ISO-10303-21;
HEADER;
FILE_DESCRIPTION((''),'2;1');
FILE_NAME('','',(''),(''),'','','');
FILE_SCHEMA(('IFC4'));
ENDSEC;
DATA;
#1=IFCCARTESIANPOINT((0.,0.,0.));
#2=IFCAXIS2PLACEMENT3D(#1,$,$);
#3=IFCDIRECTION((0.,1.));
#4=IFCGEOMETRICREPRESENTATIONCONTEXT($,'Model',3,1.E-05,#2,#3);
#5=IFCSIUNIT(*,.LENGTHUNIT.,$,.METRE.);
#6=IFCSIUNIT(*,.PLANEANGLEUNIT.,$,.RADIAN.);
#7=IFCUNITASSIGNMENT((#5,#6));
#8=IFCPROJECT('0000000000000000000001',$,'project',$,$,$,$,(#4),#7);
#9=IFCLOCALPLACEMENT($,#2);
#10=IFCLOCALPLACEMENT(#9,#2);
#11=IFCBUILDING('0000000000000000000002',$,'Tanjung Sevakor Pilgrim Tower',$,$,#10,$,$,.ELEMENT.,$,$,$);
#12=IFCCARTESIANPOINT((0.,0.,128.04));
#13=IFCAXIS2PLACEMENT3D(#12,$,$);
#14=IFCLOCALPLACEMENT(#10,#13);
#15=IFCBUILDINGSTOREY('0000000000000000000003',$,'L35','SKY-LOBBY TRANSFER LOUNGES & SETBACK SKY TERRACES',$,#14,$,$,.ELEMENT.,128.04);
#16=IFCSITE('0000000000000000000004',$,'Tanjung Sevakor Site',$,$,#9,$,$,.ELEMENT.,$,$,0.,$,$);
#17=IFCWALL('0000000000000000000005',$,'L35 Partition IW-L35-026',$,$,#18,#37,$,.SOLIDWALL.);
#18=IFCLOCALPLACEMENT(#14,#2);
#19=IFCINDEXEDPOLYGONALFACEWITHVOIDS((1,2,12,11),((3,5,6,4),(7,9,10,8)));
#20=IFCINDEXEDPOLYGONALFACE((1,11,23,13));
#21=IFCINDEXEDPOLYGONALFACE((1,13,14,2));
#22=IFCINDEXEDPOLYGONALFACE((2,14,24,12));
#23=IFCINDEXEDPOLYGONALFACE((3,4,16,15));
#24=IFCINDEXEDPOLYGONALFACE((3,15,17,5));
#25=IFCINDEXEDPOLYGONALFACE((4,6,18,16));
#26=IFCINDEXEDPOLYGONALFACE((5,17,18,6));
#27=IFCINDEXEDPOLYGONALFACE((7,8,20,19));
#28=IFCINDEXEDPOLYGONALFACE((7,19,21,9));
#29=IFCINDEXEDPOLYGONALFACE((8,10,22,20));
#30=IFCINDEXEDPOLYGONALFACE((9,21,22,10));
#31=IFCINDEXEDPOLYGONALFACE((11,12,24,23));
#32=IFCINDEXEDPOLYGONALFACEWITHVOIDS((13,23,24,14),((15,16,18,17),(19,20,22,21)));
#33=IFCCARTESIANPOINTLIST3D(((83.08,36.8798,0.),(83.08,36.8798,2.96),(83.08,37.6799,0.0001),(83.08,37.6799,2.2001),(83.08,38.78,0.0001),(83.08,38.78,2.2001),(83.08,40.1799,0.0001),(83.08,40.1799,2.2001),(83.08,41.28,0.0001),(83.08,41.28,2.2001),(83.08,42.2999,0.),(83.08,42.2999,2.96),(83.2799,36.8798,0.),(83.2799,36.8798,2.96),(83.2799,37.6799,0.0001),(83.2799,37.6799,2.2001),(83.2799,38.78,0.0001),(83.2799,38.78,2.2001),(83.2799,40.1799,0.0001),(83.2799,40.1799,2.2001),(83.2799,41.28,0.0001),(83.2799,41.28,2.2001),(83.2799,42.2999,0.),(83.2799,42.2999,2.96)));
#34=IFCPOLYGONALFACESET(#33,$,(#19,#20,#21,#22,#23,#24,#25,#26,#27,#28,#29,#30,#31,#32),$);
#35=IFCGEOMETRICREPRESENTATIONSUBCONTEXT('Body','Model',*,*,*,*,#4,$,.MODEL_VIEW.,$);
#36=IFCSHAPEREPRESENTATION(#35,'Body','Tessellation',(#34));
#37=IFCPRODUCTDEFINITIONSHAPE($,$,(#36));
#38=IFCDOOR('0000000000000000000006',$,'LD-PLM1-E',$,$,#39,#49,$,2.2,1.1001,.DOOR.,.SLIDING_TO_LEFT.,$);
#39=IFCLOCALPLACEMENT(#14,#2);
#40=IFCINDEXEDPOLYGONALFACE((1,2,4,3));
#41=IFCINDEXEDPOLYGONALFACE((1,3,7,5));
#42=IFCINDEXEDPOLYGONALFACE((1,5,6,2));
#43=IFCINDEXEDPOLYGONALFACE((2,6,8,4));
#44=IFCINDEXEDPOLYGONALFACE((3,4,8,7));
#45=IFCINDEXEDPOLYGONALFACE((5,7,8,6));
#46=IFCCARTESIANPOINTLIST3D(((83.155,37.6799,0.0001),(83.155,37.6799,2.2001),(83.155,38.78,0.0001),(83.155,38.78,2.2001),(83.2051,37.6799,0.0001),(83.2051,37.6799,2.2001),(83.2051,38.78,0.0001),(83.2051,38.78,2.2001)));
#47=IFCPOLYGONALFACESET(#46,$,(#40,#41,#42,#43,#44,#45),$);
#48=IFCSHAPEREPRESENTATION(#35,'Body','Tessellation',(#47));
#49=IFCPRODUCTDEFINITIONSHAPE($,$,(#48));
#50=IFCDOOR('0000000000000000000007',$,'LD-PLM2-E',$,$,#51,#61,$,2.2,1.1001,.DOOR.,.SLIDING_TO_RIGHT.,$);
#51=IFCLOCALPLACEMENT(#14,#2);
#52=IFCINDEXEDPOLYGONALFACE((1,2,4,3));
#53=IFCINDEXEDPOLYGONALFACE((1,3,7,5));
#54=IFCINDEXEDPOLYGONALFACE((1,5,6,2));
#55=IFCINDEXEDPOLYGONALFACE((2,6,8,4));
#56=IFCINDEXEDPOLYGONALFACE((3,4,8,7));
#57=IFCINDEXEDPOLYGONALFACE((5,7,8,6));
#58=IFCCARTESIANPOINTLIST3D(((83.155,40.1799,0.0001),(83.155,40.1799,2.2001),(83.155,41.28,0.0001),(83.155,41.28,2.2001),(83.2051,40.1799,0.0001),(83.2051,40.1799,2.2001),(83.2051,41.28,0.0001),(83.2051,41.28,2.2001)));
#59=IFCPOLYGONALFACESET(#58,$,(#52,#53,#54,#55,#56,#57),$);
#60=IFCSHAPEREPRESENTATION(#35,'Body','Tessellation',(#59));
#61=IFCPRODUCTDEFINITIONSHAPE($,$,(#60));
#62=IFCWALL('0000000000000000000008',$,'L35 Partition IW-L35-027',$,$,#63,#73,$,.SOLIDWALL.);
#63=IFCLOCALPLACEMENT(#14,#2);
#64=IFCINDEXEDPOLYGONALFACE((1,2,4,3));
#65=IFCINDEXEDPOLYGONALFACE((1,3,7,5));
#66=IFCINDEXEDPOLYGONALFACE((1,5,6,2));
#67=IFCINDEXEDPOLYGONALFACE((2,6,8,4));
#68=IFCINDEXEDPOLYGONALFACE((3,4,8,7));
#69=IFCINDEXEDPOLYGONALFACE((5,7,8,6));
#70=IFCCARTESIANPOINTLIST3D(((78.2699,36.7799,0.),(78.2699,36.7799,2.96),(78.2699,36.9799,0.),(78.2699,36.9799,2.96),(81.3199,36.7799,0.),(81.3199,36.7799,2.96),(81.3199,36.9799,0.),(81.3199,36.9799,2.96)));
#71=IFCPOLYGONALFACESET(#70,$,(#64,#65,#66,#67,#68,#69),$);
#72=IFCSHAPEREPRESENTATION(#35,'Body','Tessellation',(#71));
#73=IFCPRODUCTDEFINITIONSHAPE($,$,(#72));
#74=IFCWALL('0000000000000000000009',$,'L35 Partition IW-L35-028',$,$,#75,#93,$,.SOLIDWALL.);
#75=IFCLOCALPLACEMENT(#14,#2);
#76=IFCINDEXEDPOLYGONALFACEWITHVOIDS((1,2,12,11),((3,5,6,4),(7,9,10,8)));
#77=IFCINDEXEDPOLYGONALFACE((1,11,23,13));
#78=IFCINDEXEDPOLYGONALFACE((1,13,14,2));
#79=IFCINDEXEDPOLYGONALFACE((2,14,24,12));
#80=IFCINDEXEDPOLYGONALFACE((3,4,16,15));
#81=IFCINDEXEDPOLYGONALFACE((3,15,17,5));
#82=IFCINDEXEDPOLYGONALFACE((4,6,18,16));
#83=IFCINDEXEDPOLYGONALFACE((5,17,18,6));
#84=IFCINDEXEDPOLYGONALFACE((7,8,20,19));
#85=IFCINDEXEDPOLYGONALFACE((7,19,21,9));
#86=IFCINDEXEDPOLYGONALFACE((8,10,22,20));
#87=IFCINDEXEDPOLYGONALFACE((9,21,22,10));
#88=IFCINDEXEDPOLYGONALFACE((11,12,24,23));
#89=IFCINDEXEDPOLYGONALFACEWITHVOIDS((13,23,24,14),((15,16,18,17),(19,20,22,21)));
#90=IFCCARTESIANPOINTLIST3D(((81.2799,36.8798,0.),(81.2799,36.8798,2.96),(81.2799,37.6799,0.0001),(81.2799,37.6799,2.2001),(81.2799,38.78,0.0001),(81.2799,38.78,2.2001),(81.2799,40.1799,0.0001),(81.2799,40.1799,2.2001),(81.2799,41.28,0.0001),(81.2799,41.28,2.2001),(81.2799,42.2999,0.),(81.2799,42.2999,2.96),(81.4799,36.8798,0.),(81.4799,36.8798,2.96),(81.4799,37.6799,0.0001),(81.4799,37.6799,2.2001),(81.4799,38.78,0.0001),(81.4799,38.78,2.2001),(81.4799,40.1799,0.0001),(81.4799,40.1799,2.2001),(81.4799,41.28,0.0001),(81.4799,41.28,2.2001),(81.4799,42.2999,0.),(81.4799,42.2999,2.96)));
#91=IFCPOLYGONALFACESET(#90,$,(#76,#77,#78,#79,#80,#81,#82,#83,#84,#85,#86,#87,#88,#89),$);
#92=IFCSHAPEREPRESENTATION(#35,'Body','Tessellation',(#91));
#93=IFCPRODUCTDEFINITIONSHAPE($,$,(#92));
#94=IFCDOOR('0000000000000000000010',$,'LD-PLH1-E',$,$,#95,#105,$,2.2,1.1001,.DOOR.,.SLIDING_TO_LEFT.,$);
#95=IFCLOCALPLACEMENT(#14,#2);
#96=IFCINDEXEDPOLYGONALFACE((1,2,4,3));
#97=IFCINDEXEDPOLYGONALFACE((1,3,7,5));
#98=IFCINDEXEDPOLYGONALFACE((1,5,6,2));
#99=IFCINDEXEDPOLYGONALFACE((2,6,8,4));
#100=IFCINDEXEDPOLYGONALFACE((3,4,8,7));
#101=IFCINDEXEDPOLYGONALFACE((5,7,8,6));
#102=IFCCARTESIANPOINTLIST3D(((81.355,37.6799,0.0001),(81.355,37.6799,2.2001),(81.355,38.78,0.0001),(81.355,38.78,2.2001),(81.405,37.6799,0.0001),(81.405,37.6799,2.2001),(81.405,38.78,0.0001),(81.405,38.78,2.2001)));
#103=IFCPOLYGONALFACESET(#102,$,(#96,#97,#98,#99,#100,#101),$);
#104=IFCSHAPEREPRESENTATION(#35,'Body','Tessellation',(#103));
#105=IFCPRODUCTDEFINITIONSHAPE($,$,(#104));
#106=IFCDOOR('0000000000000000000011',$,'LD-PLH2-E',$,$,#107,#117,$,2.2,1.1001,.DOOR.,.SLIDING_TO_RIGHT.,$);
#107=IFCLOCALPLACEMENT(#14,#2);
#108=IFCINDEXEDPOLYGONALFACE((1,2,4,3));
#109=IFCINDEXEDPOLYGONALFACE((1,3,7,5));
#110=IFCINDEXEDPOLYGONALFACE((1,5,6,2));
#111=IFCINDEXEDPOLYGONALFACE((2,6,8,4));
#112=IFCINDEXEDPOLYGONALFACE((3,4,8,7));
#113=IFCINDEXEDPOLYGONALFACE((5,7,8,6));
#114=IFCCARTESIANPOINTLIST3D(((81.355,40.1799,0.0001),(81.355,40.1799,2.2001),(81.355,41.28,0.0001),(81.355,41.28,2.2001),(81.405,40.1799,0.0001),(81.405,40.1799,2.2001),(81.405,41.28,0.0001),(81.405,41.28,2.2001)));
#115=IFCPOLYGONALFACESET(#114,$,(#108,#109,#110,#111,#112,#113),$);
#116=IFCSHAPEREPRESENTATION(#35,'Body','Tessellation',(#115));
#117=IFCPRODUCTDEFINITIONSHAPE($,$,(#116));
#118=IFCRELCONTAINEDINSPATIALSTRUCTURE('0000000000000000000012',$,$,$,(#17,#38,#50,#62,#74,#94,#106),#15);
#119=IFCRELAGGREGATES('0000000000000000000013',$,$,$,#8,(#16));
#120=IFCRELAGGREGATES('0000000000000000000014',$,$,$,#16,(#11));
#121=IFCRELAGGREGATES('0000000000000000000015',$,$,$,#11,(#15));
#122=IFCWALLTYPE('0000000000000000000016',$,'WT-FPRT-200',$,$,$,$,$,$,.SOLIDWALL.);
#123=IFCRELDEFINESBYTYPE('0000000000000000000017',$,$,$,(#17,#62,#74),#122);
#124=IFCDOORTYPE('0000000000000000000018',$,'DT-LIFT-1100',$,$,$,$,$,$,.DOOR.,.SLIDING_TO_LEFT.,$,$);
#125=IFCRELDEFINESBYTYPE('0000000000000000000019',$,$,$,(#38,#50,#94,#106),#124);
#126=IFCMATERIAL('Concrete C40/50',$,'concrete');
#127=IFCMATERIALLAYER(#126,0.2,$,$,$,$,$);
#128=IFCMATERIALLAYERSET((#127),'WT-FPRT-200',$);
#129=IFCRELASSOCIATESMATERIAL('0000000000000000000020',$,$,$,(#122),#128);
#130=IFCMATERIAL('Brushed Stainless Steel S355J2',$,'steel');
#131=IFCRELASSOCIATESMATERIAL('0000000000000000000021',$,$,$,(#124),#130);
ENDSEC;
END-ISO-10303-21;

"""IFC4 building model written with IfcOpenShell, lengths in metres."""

from ifc_helpers import new_model, si_unit, direction, frame, frame_2d, origin, place, context, subcontext, project, spatial, rectangle, extrude, material, layer, layer_set, type_object, element, fill, save


model = new_model("IFC4")

# Units and contexts
model_context = context("Model", 3, precision=1e-05, world=origin(), true_north=direction((0.0, 1.0)))
body_context = subcontext(model_context, "Body", "Model", "MODEL_VIEW")
ifc_project = project(units=[si_unit("LENGTHUNIT", "METRE"), si_unit("PLANEANGLEUNIT", "RADIAN")], contexts=[model_context])

# Site, building, storey
site_placement = place(None, origin())
site = spatial("IfcSite", under=ifc_project, at=site_placement, Name="Tanjung Sevakor Site", CompositionType="ELEMENT", RefElevation=0.0)
building_placement = place(site_placement, origin())
building = spatial("IfcBuilding", under=site, at=building_placement, Name="Tanjung Sevakor Pilgrim Tower", CompositionType="ELEMENT")
storey_placement = place(building_placement, frame((0.0, 0.0, 128.04)))
storey = spatial("IfcBuildingStorey", under=building, at=storey_placement, Name="L35", Description="SKY-LOBBY TRANSFER LOUNGES & SETBACK SKY TERRACES", CompositionType="ELEMENT", Elevation=128.04)

# Shared definitions
ifc_material_1 = material(Name="Concrete C40/50", Category="concrete")
ifc_layer_1 = layer(ifc_material_1, 0.2)
ifc_layer_set_1 = layer_set([ifc_layer_1], Name="WT-FPRT-200")
wall_type_1 = type_object("IfcWallType", Name="WT-FPRT-200", PredefinedType="SOLIDWALL", material=ifc_layer_set_1)

# Wall, openings, doors
wall_1_placement = place(storey_placement, frame((83.1799, 36.8799, 0.0), z_axis=(0.0, 0.0, 1.0), x_axis=(0.0, 1.0, 0.0)))
wall_1 = element("IfcWall", 1, at=wall_1_placement, inside=storey, type_object=wall_type_1, Name="L35 Partition IW-L35-026", PredefinedType="SOLIDWALL", context=body_context, shape_type="SweptSolid", body=[
    extrude(rectangle(XDim=5.4202, YDim=0.2, at=frame_2d((2.71, 0.0))), origin(), (0.0, 0.0, 1.0), 2.96),
])
opening_1_placement = place(wall_1_placement, frame((0.8, 0.0, 0.0)))
opening_1 = element("IfcOpeningElement", 2, at=opening_1_placement, cuts=wall_1, PredefinedType="OPENING", context=body_context, shape_type="SweptSolid", body=[
    extrude(rectangle(XDim=1.1001, YDim=2.2, at=frame_2d((0.55, 1.1001))), frame((0.0, 0.1099, 0.0), z_axis=(0.0, -1.0, 0.0), x_axis=(1.0, 0.0, 0.0)), (0.0, 0.0, 1.0), 0.22),
])
opening_2_placement = place(wall_1_placement, frame((3.3, 0.0, 0.0)))
opening_2 = element("IfcOpeningElement", 3, at=opening_2_placement, cuts=wall_1, PredefinedType="OPENING", context=body_context, shape_type="SweptSolid", body=[
    extrude(rectangle(XDim=1.1001, YDim=2.2, at=frame_2d((0.55, 1.1001))), frame((0.0, 0.1099, 0.0), z_axis=(0.0, -1.0, 0.0), x_axis=(1.0, 0.0, 0.0)), (0.0, 0.0, 1.0), 0.22),
])
ifc_material_2 = material(Name="Brushed Stainless Steel S355J2", Category="steel")
door_type_1 = type_object("IfcDoorType", Name="DT-LIFT-1100", OperationType="SLIDING_TO_LEFT", PredefinedType="DOOR", material=ifc_material_2)
door_1_placement = place(opening_1_placement, origin())
door_1 = element("IfcDoor", 4, at=door_1_placement, inside=storey, type_object=door_type_1, Name="LD-PLM1-E", OperationType="SLIDING_TO_LEFT", OverallHeight=2.2, OverallWidth=1.1001, PredefinedType="DOOR", context=body_context, shape_type="SweptSolid", body=[
    extrude(rectangle(XDim=1.1001, YDim=2.2, at=frame_2d((0.55, 1.1001))), frame((0.0, 0.0249, 0.0), z_axis=(0.0, -1.0, 0.0), x_axis=(1.0, 0.0, 0.0)), (0.0, 0.0, 1.0), 0.05),
])
fill(opening_1, door_1)
door_2_placement = place(opening_2_placement, origin())
door_2 = element("IfcDoor", 5, at=door_2_placement, inside=storey, type_object=door_type_1, Name="LD-PLM2-E", OperationType="SLIDING_TO_RIGHT", OverallHeight=2.2, OverallWidth=1.1001, PredefinedType="DOOR", context=body_context, shape_type="SweptSolid", body=[
    extrude(rectangle(XDim=1.1001, YDim=2.2, at=frame_2d((0.55, 1.1001))), frame((0.0, 0.0249, 0.0), z_axis=(0.0, -1.0, 0.0), x_axis=(1.0, 0.0, 0.0)), (0.0, 0.0, 1.0), 0.05),
])
fill(opening_2, door_2)

# Wall
wall_2_placement = place(storey_placement, frame((78.27, 36.8799, 0.0), z_axis=(0.0, 0.0, 1.0), x_axis=(1.0, 0.0, 0.0)))
element("IfcWall", 6, at=wall_2_placement, inside=storey, type_object=wall_type_1, Name="L35 Partition IW-L35-027", PredefinedType="SOLIDWALL", context=body_context, shape_type="SweptSolid", body=[
    extrude(rectangle(XDim=3.05, YDim=0.2, at=frame_2d((1.5249, 0.0))), origin(), (0.0, 0.0, 1.0), 2.96),
])

# Wall, openings, doors
wall_3_placement = place(storey_placement, frame((81.3799, 36.8799, 0.0), z_axis=(0.0, 0.0, 1.0), x_axis=(0.0, 1.0, 0.0)))
wall_3 = element("IfcWall", 7, at=wall_3_placement, inside=storey, type_object=wall_type_1, Name="L35 Partition IW-L35-028", PredefinedType="SOLIDWALL", context=body_context, shape_type="SweptSolid", body=[
    extrude(rectangle(XDim=5.4202, YDim=0.2, at=frame_2d((2.71, 0.0))), origin(), (0.0, 0.0, 1.0), 2.96),
])
opening_3_placement = place(wall_3_placement, frame((0.8, 0.0, 0.0)))
opening_3 = element("IfcOpeningElement", 8, at=opening_3_placement, cuts=wall_3, PredefinedType="OPENING", context=body_context, shape_type="SweptSolid", body=[
    extrude(rectangle(XDim=1.1001, YDim=2.2, at=frame_2d((0.55, 1.1001))), frame((0.0, 0.1099, 0.0), z_axis=(0.0, -1.0, 0.0), x_axis=(1.0, 0.0, 0.0)), (0.0, 0.0, 1.0), 0.22),
])
opening_4_placement = place(wall_3_placement, frame((3.3, 0.0, 0.0)))
opening_4 = element("IfcOpeningElement", 9, at=opening_4_placement, cuts=wall_3, PredefinedType="OPENING", context=body_context, shape_type="SweptSolid", body=[
    extrude(rectangle(XDim=1.1001, YDim=2.2, at=frame_2d((0.55, 1.1001))), frame((0.0, 0.1099, 0.0), z_axis=(0.0, -1.0, 0.0), x_axis=(1.0, 0.0, 0.0)), (0.0, 0.0, 1.0), 0.22),
])
door_3_placement = place(opening_3_placement, origin())
door_3 = element("IfcDoor", 10, at=door_3_placement, inside=storey, type_object=door_type_1, Name="LD-PLH1-E", OperationType="SLIDING_TO_LEFT", OverallHeight=2.2, OverallWidth=1.1001, PredefinedType="DOOR", context=body_context, shape_type="SweptSolid", body=[
    extrude(rectangle(XDim=1.1001, YDim=2.2, at=frame_2d((0.55, 1.1001))), frame((0.0, 0.0249, 0.0), z_axis=(0.0, -1.0, 0.0), x_axis=(1.0, 0.0, 0.0)), (0.0, 0.0, 1.0), 0.05),
])
fill(opening_3, door_3)
door_4_placement = place(opening_4_placement, origin())
door_4 = element("IfcDoor", 11, at=door_4_placement, inside=storey, type_object=door_type_1, Name="LD-PLH2-E", OperationType="SLIDING_TO_RIGHT", OverallHeight=2.2, OverallWidth=1.1001, PredefinedType="DOOR", context=body_context, shape_type="SweptSolid", body=[
    extrude(rectangle(XDim=1.1001, YDim=2.2, at=frame_2d((0.55, 1.1001))), frame((0.0, 0.0249, 0.0), z_axis=(0.0, -1.0, 0.0), x_axis=(1.0, 0.0, 0.0)), (0.0, 0.0, 1.0), 0.05),
])
fill(opening_4, door_4)

save(model, "model.ifc")
